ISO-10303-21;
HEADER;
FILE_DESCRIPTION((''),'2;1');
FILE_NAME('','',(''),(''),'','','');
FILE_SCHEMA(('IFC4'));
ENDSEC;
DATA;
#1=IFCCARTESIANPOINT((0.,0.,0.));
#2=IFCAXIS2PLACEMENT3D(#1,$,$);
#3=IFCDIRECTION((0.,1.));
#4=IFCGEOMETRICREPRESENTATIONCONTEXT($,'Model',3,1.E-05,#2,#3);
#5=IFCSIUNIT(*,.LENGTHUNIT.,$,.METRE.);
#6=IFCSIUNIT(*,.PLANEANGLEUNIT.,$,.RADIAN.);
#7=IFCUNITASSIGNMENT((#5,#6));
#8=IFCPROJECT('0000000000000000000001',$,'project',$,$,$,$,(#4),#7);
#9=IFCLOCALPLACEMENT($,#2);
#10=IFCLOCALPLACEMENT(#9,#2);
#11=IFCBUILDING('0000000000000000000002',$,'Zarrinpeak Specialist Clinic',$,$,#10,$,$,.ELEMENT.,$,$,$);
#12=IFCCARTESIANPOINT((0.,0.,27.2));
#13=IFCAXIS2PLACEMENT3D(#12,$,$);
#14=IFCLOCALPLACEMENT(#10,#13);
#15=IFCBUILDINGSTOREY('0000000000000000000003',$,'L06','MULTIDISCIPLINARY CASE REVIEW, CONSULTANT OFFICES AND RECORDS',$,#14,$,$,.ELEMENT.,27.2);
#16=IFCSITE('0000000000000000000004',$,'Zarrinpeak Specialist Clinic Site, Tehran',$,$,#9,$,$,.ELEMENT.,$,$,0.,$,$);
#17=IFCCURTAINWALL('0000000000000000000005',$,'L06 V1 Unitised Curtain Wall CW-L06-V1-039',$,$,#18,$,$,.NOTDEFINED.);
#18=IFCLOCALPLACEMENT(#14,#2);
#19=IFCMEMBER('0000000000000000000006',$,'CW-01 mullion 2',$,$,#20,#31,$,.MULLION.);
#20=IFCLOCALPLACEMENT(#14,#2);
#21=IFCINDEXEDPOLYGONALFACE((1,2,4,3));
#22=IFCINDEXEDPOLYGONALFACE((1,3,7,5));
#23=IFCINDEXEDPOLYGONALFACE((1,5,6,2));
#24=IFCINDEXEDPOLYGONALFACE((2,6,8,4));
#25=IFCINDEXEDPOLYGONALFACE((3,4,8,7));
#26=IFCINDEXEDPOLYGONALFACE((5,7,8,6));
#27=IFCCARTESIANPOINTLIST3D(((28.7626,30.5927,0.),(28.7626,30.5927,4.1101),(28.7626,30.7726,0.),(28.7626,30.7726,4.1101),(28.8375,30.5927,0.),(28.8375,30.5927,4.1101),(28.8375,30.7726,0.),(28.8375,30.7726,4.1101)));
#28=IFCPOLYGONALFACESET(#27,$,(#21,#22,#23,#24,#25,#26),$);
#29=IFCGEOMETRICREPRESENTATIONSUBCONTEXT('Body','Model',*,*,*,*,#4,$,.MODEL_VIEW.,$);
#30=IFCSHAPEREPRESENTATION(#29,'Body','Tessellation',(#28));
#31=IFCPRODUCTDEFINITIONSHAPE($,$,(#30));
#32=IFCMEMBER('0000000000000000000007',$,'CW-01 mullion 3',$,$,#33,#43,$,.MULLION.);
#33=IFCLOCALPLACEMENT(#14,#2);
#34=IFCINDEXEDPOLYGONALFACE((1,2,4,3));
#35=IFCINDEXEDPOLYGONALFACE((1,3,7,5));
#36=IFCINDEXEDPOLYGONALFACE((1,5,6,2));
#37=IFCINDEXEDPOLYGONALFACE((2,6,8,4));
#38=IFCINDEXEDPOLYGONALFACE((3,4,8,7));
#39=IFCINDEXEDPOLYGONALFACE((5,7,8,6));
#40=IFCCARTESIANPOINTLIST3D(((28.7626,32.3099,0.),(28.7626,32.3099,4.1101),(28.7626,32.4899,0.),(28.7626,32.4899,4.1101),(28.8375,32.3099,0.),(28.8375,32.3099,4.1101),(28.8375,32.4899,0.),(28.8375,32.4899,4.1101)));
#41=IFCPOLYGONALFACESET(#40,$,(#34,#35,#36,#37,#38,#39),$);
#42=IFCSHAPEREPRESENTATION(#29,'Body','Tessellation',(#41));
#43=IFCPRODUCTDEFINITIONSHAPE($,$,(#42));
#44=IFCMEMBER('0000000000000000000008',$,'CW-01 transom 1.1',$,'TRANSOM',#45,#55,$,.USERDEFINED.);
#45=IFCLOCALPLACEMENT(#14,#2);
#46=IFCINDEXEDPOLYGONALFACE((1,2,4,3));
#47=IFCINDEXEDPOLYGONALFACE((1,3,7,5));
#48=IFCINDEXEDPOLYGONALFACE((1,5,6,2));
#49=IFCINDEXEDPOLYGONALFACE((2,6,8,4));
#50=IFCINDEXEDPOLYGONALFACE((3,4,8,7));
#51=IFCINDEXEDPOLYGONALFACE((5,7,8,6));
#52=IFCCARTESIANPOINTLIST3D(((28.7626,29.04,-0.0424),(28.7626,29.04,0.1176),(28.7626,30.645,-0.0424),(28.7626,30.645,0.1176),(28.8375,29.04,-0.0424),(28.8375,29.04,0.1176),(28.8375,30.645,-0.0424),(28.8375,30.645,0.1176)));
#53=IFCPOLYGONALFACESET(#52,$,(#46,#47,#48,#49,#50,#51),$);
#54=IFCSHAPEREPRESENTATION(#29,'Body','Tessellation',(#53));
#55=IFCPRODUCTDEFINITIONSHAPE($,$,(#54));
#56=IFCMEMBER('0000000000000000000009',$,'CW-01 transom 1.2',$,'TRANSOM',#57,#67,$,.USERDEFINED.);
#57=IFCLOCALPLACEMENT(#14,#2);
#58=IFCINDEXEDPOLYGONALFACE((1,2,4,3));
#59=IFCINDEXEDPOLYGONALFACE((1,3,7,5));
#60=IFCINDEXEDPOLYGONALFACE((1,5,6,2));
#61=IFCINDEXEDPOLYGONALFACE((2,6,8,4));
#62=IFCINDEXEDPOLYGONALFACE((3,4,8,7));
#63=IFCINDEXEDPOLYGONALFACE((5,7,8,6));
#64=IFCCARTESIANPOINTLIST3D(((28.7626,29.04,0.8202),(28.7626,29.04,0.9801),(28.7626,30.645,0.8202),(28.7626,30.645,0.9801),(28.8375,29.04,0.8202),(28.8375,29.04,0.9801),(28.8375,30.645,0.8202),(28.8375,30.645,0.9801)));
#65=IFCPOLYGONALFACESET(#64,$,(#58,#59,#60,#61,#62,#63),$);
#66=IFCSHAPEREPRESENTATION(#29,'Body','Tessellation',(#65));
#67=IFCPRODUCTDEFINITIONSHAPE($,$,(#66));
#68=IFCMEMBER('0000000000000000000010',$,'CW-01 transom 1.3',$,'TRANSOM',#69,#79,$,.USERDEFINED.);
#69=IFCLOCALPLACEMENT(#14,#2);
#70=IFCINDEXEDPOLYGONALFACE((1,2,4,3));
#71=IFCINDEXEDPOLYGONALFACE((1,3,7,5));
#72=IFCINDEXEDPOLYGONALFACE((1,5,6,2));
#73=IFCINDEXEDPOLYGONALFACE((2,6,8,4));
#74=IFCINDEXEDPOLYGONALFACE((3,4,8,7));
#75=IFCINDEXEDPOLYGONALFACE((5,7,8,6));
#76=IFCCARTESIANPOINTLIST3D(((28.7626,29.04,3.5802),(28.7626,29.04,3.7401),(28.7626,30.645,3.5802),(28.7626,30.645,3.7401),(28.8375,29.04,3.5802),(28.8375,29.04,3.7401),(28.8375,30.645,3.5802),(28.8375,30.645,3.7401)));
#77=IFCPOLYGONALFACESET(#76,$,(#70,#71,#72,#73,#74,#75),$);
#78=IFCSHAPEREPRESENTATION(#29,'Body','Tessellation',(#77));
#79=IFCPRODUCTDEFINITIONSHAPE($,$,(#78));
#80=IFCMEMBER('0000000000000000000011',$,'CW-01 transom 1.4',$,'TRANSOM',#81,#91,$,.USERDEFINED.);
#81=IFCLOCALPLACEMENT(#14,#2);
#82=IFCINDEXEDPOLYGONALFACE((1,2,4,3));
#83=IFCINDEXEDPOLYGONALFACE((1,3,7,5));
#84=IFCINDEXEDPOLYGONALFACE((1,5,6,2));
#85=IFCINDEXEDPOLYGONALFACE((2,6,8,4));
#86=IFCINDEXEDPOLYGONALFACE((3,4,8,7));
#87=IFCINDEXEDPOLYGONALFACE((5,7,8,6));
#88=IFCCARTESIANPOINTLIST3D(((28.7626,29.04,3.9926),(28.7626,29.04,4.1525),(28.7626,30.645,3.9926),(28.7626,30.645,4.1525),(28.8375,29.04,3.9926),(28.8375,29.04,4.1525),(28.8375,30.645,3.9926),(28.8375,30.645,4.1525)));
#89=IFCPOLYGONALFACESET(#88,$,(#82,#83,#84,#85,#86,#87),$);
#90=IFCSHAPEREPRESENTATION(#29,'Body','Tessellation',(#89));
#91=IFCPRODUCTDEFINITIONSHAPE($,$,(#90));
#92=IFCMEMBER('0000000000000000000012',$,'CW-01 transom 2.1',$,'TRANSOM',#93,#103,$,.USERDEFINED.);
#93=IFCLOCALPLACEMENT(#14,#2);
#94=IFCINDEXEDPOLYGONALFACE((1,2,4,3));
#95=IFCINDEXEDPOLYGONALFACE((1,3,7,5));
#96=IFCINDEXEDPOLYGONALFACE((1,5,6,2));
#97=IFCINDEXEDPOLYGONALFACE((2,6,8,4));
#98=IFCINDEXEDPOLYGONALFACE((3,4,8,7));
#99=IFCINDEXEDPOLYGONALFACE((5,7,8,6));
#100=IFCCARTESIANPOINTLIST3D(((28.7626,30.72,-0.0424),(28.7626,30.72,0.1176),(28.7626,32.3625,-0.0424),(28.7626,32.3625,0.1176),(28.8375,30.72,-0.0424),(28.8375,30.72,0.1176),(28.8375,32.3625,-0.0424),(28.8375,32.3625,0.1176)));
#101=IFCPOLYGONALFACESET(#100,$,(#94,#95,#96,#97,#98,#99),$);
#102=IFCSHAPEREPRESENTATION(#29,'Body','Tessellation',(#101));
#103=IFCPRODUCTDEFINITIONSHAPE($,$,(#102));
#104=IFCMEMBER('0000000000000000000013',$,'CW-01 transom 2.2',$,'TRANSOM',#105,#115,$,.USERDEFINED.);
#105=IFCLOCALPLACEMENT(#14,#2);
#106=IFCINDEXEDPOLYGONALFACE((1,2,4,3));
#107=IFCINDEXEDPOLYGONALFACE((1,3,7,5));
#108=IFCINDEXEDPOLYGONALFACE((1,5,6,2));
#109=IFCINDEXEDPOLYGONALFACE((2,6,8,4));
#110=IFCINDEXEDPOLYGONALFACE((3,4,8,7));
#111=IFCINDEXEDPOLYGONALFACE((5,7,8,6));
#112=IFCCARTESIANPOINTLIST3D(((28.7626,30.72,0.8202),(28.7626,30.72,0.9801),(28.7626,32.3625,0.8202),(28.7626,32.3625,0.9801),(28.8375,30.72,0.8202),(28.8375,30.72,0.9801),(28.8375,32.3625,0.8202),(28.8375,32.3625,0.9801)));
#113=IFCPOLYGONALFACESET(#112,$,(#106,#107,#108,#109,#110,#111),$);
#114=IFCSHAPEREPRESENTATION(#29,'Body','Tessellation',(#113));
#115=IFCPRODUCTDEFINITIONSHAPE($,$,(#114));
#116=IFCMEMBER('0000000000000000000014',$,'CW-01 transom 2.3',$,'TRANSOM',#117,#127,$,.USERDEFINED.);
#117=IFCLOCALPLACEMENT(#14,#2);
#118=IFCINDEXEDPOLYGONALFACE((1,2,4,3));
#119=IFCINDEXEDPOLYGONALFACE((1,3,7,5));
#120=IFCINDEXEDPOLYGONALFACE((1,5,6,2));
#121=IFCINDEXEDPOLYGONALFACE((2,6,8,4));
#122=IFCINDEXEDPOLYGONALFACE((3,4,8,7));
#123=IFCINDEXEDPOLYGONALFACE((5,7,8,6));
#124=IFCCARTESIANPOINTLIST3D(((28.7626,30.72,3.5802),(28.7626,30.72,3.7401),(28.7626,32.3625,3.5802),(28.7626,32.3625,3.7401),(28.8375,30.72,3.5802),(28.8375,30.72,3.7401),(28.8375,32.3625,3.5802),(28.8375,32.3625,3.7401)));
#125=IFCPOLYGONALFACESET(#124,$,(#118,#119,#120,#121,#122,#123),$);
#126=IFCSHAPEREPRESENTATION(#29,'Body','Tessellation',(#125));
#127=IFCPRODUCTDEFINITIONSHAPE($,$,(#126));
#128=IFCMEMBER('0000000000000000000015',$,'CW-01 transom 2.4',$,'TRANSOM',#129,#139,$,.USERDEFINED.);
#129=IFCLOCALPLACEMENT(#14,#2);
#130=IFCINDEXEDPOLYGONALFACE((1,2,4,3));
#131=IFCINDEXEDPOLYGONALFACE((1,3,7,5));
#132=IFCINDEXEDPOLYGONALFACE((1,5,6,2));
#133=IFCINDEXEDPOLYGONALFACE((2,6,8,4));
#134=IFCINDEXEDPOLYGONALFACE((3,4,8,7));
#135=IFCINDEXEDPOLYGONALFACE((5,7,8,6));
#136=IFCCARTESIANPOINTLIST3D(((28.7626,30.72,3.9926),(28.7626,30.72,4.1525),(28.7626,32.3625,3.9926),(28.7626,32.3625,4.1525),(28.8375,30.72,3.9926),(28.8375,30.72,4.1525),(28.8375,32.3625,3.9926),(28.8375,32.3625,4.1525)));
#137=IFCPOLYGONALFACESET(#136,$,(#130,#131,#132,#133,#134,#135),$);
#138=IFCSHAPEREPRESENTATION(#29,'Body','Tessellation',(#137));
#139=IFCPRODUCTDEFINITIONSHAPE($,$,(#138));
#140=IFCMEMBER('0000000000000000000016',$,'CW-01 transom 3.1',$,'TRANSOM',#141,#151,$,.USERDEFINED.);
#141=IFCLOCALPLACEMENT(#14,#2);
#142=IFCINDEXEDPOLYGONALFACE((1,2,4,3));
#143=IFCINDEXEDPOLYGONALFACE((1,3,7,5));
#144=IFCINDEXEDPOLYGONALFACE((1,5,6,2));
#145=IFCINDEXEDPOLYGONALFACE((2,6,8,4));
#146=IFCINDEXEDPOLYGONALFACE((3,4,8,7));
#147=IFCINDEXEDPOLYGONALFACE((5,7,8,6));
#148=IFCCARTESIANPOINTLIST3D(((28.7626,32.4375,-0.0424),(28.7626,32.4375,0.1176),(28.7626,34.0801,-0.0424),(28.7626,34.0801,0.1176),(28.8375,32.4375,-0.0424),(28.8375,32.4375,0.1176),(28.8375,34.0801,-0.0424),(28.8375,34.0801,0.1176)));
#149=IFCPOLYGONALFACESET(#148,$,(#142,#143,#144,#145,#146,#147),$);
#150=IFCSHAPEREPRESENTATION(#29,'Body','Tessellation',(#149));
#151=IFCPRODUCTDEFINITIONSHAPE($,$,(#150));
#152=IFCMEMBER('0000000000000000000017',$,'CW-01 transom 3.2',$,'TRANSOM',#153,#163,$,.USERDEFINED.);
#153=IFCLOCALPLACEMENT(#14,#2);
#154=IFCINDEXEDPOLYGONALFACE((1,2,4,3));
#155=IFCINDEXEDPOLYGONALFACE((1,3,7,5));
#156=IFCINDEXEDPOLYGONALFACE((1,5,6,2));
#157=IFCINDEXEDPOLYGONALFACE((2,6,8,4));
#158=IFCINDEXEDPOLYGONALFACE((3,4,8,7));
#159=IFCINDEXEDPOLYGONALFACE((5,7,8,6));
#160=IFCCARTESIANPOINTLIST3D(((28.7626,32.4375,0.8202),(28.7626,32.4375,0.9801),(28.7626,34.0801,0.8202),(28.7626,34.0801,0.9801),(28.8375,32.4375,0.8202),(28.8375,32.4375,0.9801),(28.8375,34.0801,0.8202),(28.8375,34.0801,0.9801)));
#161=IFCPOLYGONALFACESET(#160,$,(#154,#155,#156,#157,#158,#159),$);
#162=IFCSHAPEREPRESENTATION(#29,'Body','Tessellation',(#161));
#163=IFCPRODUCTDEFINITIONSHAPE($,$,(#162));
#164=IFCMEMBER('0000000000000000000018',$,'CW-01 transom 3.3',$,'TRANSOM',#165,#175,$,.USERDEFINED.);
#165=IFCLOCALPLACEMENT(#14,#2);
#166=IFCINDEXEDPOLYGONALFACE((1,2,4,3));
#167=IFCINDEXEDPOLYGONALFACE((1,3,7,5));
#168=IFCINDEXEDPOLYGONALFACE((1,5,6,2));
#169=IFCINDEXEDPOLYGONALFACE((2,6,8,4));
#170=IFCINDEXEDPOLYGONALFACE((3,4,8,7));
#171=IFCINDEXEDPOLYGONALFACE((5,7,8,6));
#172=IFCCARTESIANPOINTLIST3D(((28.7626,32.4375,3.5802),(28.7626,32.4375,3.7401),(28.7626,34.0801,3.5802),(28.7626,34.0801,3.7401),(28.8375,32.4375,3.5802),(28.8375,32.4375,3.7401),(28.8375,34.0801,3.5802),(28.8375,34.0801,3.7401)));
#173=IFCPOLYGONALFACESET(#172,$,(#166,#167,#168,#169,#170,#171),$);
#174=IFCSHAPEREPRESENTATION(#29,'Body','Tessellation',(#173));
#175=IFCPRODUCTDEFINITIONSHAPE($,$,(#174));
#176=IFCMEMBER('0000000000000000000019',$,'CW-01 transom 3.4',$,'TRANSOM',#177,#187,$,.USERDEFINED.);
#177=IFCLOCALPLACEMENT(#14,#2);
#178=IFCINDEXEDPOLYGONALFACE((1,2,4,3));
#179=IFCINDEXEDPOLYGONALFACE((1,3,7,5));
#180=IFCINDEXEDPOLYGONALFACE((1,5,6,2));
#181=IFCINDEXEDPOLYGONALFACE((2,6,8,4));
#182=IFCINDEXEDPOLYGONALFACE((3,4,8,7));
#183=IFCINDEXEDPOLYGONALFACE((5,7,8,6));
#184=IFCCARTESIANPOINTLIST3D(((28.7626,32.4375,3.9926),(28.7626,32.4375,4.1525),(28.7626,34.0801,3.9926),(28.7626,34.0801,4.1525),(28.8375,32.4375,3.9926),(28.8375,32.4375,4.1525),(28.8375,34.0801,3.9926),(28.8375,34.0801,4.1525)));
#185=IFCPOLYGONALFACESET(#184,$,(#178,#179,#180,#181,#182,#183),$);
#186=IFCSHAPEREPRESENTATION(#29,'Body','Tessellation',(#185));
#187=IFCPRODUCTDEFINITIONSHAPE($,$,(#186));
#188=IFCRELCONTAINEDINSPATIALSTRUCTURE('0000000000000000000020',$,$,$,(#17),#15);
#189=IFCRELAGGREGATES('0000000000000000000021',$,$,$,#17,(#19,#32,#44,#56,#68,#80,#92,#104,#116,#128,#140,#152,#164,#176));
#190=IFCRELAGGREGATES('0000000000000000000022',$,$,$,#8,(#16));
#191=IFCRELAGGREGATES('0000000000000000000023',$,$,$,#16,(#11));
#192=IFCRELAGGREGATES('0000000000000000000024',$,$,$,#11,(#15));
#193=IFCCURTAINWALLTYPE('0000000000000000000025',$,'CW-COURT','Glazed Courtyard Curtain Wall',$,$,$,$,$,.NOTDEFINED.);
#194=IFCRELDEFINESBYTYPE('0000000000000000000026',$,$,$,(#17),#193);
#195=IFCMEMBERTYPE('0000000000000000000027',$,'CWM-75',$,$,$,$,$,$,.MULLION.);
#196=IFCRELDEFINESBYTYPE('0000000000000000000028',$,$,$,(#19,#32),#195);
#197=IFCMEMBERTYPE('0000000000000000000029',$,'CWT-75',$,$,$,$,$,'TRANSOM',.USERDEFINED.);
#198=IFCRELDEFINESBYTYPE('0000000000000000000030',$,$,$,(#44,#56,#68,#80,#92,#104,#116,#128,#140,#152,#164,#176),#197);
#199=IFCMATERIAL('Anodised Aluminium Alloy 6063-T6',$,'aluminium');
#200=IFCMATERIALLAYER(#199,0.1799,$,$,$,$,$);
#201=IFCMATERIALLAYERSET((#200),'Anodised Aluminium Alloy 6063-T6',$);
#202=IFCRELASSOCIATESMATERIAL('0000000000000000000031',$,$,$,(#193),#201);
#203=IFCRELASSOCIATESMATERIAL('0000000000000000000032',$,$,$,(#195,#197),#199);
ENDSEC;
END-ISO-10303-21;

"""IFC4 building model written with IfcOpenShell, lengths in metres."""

from ifc_helpers import new_model, si_unit, direction, frame, origin, origin_2d, place, context, subcontext, project, spatial, rectangle, extrude, material, layer, layer_set, material_profile, profile_set, type_object, element, aggregate, save


model = new_model("IFC4")

# Units and contexts
model_context = context("Model", 3, precision=1e-05, world=origin(), true_north=direction((0.0, 1.0)))
body_context = subcontext(model_context, "Body", "Model", "MODEL_VIEW")
ifc_project = project(units=[si_unit("LENGTHUNIT", "METRE"), si_unit("PLANEANGLEUNIT", "RADIAN")], contexts=[model_context])

# Site, building, storey
site_placement = place(None, origin())
site = spatial("IfcSite", under=ifc_project, at=site_placement, Name="Zarrinpeak Specialist Clinic Site, Tehran", CompositionType="ELEMENT", RefElevation=0.0)
building_placement = place(site_placement, origin())
building = spatial("IfcBuilding", under=site, at=building_placement, Name="Zarrinpeak Specialist Clinic", CompositionType="ELEMENT")
storey_placement = place(building_placement, frame((0.0, 0.0, 27.2)))
storey = spatial("IfcBuildingStorey", under=building, at=storey_placement, Name="L06", Description="MULTIDISCIPLINARY CASE REVIEW, CONSULTANT OFFICES AND RECORDS", CompositionType="ELEMENT", Elevation=27.2)

# Curtain wall, members
ifc_material_1 = material(Name="Anodised Aluminium Alloy 6063-T6", Category="aluminium")
ifc_layer_1 = layer(ifc_material_1, 0.1799)
ifc_layer_set_1 = layer_set([ifc_layer_1], Name="Anodised Aluminium Alloy 6063-T6")
curtain_wall_type = type_object("IfcCurtainWallType", Name="CW-COURT", Description="Glazed Courtyard Curtain Wall", PredefinedType="NOTDEFINED", material=ifc_layer_set_1)
curtain_wall_placement = place(storey_placement, origin())
curtain_wall = element("IfcCurtainWall", 1, at=curtain_wall_placement, inside=storey, type_object=curtain_wall_type, Name="L06 V1 Unitised Curtain Wall CW-L06-V1-039", PredefinedType="NOTDEFINED")
ifc_material_profile_1 = material_profile(ifc_material_1, rectangle(XDim=0.075, YDim=0.1799, at=origin_2d()), Name="ALU 75x180")
ifc_profile_set_1 = profile_set([ifc_material_profile_1], Name="Anodised Aluminium Alloy 6063-T6")
member_type_1 = type_object("IfcMemberType", Name="CWM-75", PredefinedType="MULLION", material=ifc_profile_set_1)
member_1_placement = place(storey_placement, frame((28.8, 30.6826, 0.0), z_axis=(0.0, 0.0, 1.0), x_axis=(-1.0, 0.0, 0.0)))
member_1 = element("IfcMember", 2, at=member_1_placement, type_object=member_type_1, Name="CW-01 mullion 2", PredefinedType="MULLION", context=body_context, shape_type="SweptSolid", body=[
    extrude(rectangle(XDim=0.075, YDim=0.1799, at=origin_2d()), origin(), (0.0, 0.0, 1.0), 4.1101),
])
member_2_placement = place(storey_placement, frame((28.8, 32.3999, 0.0), z_axis=(0.0, 0.0, 1.0), x_axis=(-1.0, 0.0, 0.0)))
member_2 = element("IfcMember", 3, at=member_2_placement, type_object=member_type_1, Name="CW-01 mullion 3", PredefinedType="MULLION", context=body_context, shape_type="SweptSolid", body=[
    extrude(rectangle(XDim=0.075, YDim=0.1799, at=origin_2d()), origin(), (0.0, 0.0, 1.0), 4.1101),
])
ifc_material_profile_2 = material_profile(ifc_material_1, rectangle(XDim=0.075, YDim=0.1599, at=origin_2d()), Name="ALU 75x160")
ifc_profile_set_2 = profile_set([ifc_material_profile_2], Name="Anodised Aluminium Alloy 6063-T6")
member_type_2 = type_object("IfcMemberType", Name="CWT-75", ElementType="TRANSOM", PredefinedType="USERDEFINED", material=ifc_profile_set_2)
member_3_placement = place(storey_placement, frame((28.8, 29.04, 0.0376), z_axis=(0.0, 1.0, 0.0), x_axis=(-1.0, 0.0, 0.0)))
member_3 = element("IfcMember", 4, at=member_3_placement, type_object=member_type_2, Name="CW-01 transom 1.1", ObjectType="TRANSOM", PredefinedType="USERDEFINED", context=body_context, shape_type="SweptSolid", body=[
    extrude(rectangle(XDim=0.075, YDim=0.1599, at=origin_2d()), origin(), (0.0, 0.0, 1.0), 1.605),
])
member_4_placement = place(storey_placement, frame((28.8, 29.04, 0.9001), z_axis=(0.0, 1.0, 0.0), x_axis=(-1.0, 0.0, 0.0)))
member_4 = element("IfcMember", 5, at=member_4_placement, type_object=member_type_2, Name="CW-01 transom 1.2", ObjectType="TRANSOM", PredefinedType="USERDEFINED", context=body_context, shape_type="SweptSolid", body=[
    extrude(rectangle(XDim=0.075, YDim=0.1599, at=origin_2d()), origin(), (0.0, 0.0, 1.0), 1.605),
])
member_5_placement = place(storey_placement, frame((28.8, 29.04, 3.6602), z_axis=(0.0, 1.0, 0.0), x_axis=(-1.0, 0.0, 0.0)))
member_5 = element("IfcMember", 6, at=member_5_placement, type_object=member_type_2, Name="CW-01 transom 1.3", ObjectType="TRANSOM", PredefinedType="USERDEFINED", context=body_context, shape_type="SweptSolid", body=[
    extrude(rectangle(XDim=0.075, YDim=0.1599, at=origin_2d()), origin(), (0.0, 0.0, 1.0), 1.605),
])
member_6_placement = place(storey_placement, frame((28.8, 29.04, 4.0725), z_axis=(0.0, 1.0, 0.0), x_axis=(-1.0, 0.0, 0.0)))
member_6 = element("IfcMember", 7, at=member_6_placement, type_object=member_type_2, Name="CW-01 transom 1.4", ObjectType="TRANSOM", PredefinedType="USERDEFINED", context=body_context, shape_type="SweptSolid", body=[
    extrude(rectangle(XDim=0.075, YDim=0.1599, at=origin_2d()), origin(), (0.0, 0.0, 1.0), 1.605),
])
member_7_placement = place(storey_placement, frame((28.8, 30.72, 0.0376), z_axis=(0.0, 1.0, 0.0), x_axis=(-1.0, 0.0, 0.0)))
member_7 = element("IfcMember", 8, at=member_7_placement, type_object=member_type_2, Name="CW-01 transom 2.1", ObjectType="TRANSOM", PredefinedType="USERDEFINED", context=body_context, shape_type="SweptSolid", body=[
    extrude(rectangle(XDim=0.075, YDim=0.1599, at=origin_2d()), origin(), (0.0, 0.0, 1.0), 1.6426),
])
member_8_placement = place(storey_placement, frame((28.8, 30.72, 0.9001), z_axis=(0.0, 1.0, 0.0), x_axis=(-1.0, 0.0, 0.0)))
member_8 = element("IfcMember", 9, at=member_8_placement, type_object=member_type_2, Name="CW-01 transom 2.2", ObjectType="TRANSOM", PredefinedType="USERDEFINED", context=body_context, shape_type="SweptSolid", body=[
    extrude(rectangle(XDim=0.075, YDim=0.1599, at=origin_2d()), origin(), (0.0, 0.0, 1.0), 1.6426),
])
member_9_placement = place(storey_placement, frame((28.8, 30.72, 3.6602), z_axis=(0.0, 1.0, 0.0), x_axis=(-1.0, 0.0, 0.0)))
member_9 = element("IfcMember", 10, at=member_9_placement, type_object=member_type_2, Name="CW-01 transom 2.3", ObjectType="TRANSOM", PredefinedType="USERDEFINED", context=body_context, shape_type="SweptSolid", body=[
    extrude(rectangle(XDim=0.075, YDim=0.1599, at=origin_2d()), origin(), (0.0, 0.0, 1.0), 1.6426),
])
member_10_placement = place(storey_placement, frame((28.8, 30.72, 4.0725), z_axis=(0.0, 1.0, 0.0), x_axis=(-1.0, 0.0, 0.0)))
member_10 = element("IfcMember", 11, at=member_10_placement, type_object=member_type_2, Name="CW-01 transom 2.4", ObjectType="TRANSOM", PredefinedType="USERDEFINED", context=body_context, shape_type="SweptSolid", body=[
    extrude(rectangle(XDim=0.075, YDim=0.1599, at=origin_2d()), origin(), (0.0, 0.0, 1.0), 1.6426),
])
member_11_placement = place(storey_placement, frame((28.8, 32.4375, 0.0376), z_axis=(0.0, 1.0, 0.0), x_axis=(-1.0, 0.0, 0.0)))
member_11 = element("IfcMember", 12, at=member_11_placement, type_object=member_type_2, Name="CW-01 transom 3.1", ObjectType="TRANSOM", PredefinedType="USERDEFINED", context=body_context, shape_type="SweptSolid", body=[
    extrude(rectangle(XDim=0.075, YDim=0.1599, at=origin_2d()), origin(), (0.0, 0.0, 1.0), 1.6426),
])
member_12_placement = place(storey_placement, frame((28.8, 32.4375, 0.9001), z_axis=(0.0, 1.0, 0.0), x_axis=(-1.0, 0.0, 0.0)))
member_12 = element("IfcMember", 13, at=member_12_placement, type_object=member_type_2, Name="CW-01 transom 3.2", ObjectType="TRANSOM", PredefinedType="USERDEFINED", context=body_context, shape_type="SweptSolid", body=[
    extrude(rectangle(XDim=0.075, YDim=0.1599, at=origin_2d()), origin(), (0.0, 0.0, 1.0), 1.6426),
])
member_13_placement = place(storey_placement, frame((28.8, 32.4375, 3.6602), z_axis=(0.0, 1.0, 0.0), x_axis=(-1.0, 0.0, 0.0)))
member_13 = element("IfcMember", 14, at=member_13_placement, type_object=member_type_2, Name="CW-01 transom 3.3", ObjectType="TRANSOM", PredefinedType="USERDEFINED", context=body_context, shape_type="SweptSolid", body=[
    extrude(rectangle(XDim=0.075, YDim=0.1599, at=origin_2d()), origin(), (0.0, 0.0, 1.0), 1.6426),
])
member_14_placement = place(storey_placement, frame((28.8, 32.4375, 4.0725), z_axis=(0.0, 1.0, 0.0), x_axis=(-1.0, 0.0, 0.0)))
member_14 = element("IfcMember", 15, at=member_14_placement, type_object=member_type_2, Name="CW-01 transom 3.4", ObjectType="TRANSOM", PredefinedType="USERDEFINED", context=body_context, shape_type="SweptSolid", body=[
    extrude(rectangle(XDim=0.075, YDim=0.1599, at=origin_2d()), origin(), (0.0, 0.0, 1.0), 1.6426),
])
aggregate(curtain_wall, [member_1, member_2, member_3, member_4, member_5, member_6, member_7, member_8, member_9, member_10, member_11, member_12, member_13, member_14])

save(model, "model.ifc")
